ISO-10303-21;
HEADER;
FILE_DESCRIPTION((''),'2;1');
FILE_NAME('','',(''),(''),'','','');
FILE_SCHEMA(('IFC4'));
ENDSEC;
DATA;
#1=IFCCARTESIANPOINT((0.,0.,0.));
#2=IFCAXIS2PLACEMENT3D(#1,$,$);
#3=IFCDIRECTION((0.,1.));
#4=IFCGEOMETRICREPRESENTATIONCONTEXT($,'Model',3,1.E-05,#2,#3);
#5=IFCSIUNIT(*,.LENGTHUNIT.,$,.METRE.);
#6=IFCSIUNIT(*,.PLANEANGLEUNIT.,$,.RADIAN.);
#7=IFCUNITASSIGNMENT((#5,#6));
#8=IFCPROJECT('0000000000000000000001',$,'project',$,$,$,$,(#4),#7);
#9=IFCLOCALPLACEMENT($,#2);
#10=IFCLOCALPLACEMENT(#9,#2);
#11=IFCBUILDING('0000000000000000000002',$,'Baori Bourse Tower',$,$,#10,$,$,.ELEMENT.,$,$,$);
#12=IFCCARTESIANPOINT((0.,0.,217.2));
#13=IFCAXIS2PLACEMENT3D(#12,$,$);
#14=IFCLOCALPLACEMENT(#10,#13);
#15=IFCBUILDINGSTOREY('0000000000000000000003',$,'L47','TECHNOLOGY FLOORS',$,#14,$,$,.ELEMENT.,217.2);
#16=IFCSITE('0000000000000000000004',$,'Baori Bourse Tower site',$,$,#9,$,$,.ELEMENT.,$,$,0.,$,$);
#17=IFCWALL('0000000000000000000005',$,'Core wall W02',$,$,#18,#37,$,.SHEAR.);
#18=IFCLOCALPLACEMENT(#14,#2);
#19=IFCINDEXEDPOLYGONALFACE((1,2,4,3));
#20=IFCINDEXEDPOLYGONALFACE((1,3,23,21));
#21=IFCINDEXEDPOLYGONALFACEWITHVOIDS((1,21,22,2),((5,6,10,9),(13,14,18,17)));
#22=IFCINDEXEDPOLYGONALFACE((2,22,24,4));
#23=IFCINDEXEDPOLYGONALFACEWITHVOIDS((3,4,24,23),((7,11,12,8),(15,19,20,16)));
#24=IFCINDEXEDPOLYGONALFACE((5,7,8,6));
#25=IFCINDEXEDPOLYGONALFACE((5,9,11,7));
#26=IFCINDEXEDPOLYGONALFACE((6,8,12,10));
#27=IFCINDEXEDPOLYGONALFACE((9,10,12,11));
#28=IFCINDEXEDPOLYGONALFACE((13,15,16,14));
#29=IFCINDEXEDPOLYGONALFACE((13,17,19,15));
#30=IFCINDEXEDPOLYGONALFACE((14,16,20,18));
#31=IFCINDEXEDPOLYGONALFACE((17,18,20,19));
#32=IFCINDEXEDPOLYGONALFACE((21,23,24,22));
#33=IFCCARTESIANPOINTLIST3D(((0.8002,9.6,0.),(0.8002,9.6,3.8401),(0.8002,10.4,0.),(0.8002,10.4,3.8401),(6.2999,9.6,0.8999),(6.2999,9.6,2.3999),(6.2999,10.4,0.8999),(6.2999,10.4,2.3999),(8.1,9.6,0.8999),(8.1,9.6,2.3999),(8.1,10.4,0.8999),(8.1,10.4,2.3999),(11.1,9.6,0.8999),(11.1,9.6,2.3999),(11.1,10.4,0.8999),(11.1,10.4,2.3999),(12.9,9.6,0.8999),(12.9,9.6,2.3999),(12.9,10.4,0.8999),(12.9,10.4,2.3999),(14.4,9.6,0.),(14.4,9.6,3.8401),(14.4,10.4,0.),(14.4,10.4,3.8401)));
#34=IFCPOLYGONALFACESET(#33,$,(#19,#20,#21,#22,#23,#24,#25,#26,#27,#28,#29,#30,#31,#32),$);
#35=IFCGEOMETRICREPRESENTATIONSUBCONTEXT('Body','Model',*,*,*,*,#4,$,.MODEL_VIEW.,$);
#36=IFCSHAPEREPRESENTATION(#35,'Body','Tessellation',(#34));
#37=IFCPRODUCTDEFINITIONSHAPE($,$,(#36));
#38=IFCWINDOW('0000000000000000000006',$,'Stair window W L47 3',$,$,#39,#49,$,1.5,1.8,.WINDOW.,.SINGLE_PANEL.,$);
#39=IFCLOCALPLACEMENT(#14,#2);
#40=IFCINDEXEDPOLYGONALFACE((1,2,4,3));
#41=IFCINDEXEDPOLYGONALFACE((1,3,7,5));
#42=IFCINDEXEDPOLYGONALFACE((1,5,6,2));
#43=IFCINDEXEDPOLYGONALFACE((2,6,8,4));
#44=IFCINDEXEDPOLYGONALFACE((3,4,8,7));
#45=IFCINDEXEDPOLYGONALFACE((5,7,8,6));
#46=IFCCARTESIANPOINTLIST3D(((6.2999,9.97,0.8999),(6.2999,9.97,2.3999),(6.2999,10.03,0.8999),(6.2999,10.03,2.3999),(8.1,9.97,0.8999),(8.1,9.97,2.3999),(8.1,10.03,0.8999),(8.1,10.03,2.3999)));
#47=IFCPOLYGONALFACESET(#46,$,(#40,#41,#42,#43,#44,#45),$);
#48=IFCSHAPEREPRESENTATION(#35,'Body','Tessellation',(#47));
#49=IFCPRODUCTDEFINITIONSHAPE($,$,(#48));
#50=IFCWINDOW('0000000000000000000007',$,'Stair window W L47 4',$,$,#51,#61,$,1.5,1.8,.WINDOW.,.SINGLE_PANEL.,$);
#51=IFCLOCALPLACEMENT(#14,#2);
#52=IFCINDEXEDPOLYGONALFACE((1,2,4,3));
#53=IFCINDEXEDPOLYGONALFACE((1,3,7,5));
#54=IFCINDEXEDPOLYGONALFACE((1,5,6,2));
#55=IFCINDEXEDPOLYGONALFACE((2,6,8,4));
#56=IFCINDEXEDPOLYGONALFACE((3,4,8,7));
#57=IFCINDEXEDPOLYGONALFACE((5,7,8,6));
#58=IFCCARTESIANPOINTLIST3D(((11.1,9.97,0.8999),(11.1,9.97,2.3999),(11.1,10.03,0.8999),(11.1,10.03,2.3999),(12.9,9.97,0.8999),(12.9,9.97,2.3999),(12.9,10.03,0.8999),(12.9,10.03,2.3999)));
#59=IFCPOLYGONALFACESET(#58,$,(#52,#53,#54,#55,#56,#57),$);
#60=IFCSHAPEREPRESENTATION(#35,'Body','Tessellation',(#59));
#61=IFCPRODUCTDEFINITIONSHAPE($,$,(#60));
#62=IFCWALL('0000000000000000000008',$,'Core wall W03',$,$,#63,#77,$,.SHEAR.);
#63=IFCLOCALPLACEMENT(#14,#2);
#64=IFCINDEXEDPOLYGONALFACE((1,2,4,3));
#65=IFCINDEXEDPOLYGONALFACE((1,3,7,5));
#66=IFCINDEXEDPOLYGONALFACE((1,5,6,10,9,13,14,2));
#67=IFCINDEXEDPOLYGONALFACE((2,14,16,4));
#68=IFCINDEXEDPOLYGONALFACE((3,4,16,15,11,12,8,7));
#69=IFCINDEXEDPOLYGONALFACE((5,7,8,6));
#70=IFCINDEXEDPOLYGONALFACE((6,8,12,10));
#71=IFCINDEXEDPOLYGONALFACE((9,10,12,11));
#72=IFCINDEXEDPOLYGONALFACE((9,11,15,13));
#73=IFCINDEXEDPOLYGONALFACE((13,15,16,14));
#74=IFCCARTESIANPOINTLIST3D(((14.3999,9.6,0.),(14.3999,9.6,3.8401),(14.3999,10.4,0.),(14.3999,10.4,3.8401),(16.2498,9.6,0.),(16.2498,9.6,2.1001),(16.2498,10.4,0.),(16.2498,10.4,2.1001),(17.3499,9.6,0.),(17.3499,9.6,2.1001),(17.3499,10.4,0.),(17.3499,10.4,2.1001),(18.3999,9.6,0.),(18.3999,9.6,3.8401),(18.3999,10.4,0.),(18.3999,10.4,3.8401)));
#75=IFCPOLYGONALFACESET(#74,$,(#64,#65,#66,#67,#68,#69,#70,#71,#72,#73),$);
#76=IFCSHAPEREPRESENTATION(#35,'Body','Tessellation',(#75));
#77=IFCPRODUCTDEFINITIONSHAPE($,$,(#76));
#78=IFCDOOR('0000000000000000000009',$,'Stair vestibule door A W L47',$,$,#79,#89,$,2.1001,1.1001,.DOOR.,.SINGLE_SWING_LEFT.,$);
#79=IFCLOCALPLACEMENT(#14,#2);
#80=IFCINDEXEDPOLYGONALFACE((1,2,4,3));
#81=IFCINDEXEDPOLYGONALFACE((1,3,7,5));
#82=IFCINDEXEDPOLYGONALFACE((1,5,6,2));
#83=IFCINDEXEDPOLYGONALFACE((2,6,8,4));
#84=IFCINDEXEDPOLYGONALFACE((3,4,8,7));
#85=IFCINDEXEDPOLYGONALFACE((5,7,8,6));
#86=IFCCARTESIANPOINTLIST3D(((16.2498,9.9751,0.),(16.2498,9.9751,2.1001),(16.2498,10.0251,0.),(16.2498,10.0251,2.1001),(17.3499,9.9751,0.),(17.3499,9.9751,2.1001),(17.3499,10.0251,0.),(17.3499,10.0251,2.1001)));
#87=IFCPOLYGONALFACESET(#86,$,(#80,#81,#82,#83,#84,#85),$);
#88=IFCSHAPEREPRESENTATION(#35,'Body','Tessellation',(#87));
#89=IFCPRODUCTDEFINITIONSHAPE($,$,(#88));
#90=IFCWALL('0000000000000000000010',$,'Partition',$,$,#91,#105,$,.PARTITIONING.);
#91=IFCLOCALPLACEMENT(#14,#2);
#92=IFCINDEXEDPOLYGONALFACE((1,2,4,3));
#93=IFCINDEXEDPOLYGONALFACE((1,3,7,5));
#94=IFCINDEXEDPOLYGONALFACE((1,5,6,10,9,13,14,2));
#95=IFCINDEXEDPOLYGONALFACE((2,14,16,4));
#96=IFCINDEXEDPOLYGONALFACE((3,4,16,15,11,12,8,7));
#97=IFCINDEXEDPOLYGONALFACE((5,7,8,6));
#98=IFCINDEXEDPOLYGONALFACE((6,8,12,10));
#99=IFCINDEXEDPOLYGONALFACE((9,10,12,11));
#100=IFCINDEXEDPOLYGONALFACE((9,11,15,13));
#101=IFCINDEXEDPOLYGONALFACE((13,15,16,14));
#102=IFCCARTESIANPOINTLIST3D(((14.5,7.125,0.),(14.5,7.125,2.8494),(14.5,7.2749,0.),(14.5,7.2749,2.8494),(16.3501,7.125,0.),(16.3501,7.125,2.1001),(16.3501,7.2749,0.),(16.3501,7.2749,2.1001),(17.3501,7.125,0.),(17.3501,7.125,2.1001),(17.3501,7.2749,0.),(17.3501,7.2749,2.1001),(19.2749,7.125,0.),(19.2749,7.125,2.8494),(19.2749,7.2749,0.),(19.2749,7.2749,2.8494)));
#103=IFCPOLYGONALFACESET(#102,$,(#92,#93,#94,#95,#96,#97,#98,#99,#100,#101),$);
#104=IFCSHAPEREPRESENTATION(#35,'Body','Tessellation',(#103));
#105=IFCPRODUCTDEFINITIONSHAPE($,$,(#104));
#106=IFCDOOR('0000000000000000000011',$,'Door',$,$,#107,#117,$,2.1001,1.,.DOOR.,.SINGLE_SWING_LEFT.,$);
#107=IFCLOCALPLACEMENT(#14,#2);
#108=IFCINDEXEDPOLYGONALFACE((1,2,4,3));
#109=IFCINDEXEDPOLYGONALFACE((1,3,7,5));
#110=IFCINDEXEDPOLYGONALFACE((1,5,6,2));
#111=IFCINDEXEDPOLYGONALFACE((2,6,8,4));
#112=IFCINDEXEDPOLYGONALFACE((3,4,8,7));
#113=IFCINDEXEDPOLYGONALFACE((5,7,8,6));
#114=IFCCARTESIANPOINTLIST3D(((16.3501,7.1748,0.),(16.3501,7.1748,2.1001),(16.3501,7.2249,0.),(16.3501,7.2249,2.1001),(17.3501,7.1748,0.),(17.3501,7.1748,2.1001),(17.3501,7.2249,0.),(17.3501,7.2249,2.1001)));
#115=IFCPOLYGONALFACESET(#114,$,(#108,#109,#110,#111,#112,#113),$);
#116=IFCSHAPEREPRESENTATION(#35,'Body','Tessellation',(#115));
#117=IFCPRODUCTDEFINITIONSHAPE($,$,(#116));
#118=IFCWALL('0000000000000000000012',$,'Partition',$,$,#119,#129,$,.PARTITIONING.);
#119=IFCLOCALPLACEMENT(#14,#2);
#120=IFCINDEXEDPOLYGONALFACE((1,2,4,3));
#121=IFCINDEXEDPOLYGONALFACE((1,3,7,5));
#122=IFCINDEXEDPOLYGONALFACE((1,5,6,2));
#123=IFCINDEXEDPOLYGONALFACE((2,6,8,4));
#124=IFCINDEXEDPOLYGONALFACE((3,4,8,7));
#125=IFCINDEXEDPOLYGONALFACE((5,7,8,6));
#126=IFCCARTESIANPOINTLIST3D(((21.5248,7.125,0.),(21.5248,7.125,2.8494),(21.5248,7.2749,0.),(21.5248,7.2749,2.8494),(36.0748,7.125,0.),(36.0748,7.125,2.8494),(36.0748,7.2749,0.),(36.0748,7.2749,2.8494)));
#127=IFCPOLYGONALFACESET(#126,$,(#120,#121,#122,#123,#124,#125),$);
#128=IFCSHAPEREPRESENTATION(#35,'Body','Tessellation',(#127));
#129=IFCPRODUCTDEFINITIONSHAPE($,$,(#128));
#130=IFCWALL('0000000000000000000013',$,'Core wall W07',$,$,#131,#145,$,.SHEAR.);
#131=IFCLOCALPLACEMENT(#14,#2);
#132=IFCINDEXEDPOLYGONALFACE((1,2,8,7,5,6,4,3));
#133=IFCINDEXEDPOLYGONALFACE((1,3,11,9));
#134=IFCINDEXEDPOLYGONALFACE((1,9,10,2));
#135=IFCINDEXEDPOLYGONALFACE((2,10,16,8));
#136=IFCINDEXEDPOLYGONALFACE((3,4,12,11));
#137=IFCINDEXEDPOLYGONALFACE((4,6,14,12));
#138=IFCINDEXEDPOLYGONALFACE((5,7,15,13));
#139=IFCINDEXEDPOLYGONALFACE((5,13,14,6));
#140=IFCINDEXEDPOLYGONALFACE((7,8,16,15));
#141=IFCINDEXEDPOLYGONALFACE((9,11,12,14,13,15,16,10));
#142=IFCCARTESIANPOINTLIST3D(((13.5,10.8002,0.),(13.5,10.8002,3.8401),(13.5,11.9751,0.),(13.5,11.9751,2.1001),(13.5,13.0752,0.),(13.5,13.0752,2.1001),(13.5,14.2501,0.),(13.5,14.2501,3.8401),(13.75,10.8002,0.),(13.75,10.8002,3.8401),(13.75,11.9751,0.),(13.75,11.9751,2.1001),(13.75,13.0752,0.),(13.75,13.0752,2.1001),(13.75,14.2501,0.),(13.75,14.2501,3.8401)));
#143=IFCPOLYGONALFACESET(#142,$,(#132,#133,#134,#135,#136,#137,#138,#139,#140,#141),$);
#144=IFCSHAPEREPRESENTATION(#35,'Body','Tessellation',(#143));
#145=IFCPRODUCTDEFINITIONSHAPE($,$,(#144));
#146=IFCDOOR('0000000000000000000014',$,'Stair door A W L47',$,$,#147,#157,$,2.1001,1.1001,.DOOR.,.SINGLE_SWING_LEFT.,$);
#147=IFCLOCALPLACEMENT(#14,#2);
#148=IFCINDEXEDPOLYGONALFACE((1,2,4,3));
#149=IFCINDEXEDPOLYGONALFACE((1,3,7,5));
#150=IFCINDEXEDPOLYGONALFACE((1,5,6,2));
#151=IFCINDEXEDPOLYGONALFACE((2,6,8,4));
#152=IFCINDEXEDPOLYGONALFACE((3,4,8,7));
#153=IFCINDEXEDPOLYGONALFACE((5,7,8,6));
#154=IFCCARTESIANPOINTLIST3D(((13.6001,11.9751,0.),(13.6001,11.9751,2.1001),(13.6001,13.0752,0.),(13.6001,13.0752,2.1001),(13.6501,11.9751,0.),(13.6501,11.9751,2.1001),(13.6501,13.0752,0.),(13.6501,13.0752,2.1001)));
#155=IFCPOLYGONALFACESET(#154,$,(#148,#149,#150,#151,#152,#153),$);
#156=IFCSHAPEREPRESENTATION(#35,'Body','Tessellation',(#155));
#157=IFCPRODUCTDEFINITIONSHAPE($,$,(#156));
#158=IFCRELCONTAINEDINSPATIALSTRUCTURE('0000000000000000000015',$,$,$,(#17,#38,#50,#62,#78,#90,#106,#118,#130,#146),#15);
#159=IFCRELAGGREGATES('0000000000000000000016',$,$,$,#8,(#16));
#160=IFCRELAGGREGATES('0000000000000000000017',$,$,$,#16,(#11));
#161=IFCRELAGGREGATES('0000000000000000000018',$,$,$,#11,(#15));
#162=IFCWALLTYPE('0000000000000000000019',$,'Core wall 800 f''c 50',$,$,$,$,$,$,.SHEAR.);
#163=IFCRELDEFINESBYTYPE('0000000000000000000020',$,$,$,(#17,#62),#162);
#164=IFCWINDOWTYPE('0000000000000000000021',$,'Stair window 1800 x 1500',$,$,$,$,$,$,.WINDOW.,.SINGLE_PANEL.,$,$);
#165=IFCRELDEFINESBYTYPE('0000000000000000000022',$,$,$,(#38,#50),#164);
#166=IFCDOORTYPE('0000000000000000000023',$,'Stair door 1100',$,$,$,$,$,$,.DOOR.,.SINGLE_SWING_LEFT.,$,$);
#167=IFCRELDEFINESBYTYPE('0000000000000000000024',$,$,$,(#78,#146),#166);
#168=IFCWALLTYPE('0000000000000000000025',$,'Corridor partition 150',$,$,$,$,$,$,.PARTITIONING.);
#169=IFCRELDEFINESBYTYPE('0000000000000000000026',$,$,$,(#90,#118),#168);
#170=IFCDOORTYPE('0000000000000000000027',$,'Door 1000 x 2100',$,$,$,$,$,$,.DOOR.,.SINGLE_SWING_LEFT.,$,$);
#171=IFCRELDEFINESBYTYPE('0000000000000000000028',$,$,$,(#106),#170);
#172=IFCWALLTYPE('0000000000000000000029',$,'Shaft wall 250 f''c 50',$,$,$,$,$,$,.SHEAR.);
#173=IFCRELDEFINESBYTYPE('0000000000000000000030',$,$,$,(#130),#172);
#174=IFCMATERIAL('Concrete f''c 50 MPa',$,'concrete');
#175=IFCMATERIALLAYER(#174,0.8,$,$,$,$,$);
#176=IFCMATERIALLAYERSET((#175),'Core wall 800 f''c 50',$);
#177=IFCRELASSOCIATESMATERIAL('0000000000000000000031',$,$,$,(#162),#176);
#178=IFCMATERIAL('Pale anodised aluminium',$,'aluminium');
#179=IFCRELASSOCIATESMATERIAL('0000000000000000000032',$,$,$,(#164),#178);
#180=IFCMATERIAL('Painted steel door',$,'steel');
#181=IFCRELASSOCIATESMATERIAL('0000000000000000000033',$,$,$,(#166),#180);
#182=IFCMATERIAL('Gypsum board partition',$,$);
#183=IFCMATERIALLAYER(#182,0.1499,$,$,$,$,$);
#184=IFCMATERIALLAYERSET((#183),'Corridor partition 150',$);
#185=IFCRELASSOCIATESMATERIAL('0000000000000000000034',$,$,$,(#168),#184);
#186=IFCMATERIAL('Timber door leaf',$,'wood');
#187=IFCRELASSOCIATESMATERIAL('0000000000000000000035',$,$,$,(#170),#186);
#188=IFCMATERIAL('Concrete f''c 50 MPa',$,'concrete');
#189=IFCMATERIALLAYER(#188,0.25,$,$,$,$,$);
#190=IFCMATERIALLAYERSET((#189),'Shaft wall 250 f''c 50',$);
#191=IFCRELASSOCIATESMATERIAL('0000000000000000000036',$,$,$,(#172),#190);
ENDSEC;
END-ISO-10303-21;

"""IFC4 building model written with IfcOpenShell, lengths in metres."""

from ifc_helpers import new_model, si_unit, direction, frame, frame_2d, origin, place, context, subcontext, project, spatial, rectangle, extrude, material, layer, layer_set, type_object, element, fill, save


model = new_model("IFC4")

# Units and contexts
model_context = context("Model", 3, precision=1e-05, world=origin(), true_north=direction((0.0, 1.0)))
body_context = subcontext(model_context, "Body", "Model", "MODEL_VIEW")
ifc_project = project(units=[si_unit("LENGTHUNIT", "METRE"), si_unit("PLANEANGLEUNIT", "RADIAN")], contexts=[model_context])

# Site, building, storey
site_placement = place(None, origin())
site = spatial("IfcSite", under=ifc_project, at=site_placement, Name="Baori Bourse Tower site", CompositionType="ELEMENT", RefElevation=0.0)
building_placement = place(site_placement, origin())
building = spatial("IfcBuilding", under=site, at=building_placement, Name="Baori Bourse Tower", CompositionType="ELEMENT")
storey_placement = place(building_placement, frame((0.0, 0.0, 217.2)))
storey = spatial("IfcBuildingStorey", under=building, at=storey_placement, Name="L47", Description="TECHNOLOGY FLOORS", CompositionType="ELEMENT", Elevation=217.2)

# Wall, openings, windows
ifc_material_1 = material(Name="Concrete f'c 50 MPa", Category="concrete")
ifc_layer_1 = layer(ifc_material_1, 0.8)
ifc_layer_set_1 = layer_set([ifc_layer_1], Name="Core wall 800 f'c 50")
wall_type_1 = type_object("IfcWallType", Name="Core wall 800 f'c 50", PredefinedType="SHEAR", material=ifc_layer_set_1)
wall_1_placement = place(storey_placement, frame((14.3999, 10.0, 0.0), z_axis=(0.0, 0.0, 1.0), x_axis=(-1.0, 0.0, 0.0)))
wall_1 = element("IfcWall", 1, at=wall_1_placement, inside=storey, type_object=wall_type_1, Name="Core wall W02", PredefinedType="SHEAR", context=body_context, shape_type="SweptSolid", body=[
    extrude(rectangle(XDim=13.5999, YDim=0.8, at=frame_2d((6.7998, 0.0))), origin(), (0.0, 0.0, 1.0), 3.8401),
])
opening_1_placement = place(wall_1_placement, frame((6.3, 0.0, 0.8999)))
opening_1 = element("IfcOpeningElement", 2, at=opening_1_placement, cuts=wall_1, PredefinedType="OPENING", context=body_context, shape_type="SweptSolid", body=[
    extrude(rectangle(XDim=1.8, YDim=1.5, at=frame_2d((0.8999, 0.75))), frame((0.0, 0.4099, 0.0), z_axis=(0.0, -1.0, 0.0), x_axis=(1.0, 0.0, 0.0)), (0.0, 0.0, 1.0), 0.8201),
])
opening_2_placement = place(wall_1_placement, frame((1.5, 0.0, 0.8999)))
opening_2 = element("IfcOpeningElement", 3, at=opening_2_placement, cuts=wall_1, PredefinedType="OPENING", context=body_context, shape_type="SweptSolid", body=[
    extrude(rectangle(XDim=1.8, YDim=1.5, at=frame_2d((0.8999, 0.75))), frame((0.0, 0.4099, 0.0), z_axis=(0.0, -1.0, 0.0), x_axis=(1.0, 0.0, 0.0)), (0.0, 0.0, 1.0), 0.8201),
])
ifc_material_2 = material(Name="Pale anodised aluminium", Category="aluminium")
window_type = type_object("IfcWindowType", Name="Stair window 1800 x 1500", PartitioningType="SINGLE_PANEL", PredefinedType="WINDOW", material=ifc_material_2)
window_1_placement = place(opening_1_placement, origin())
window_1 = element("IfcWindow", 4, at=window_1_placement, inside=storey, type_object=window_type, Name="Stair window W L47 3", OverallHeight=1.5, OverallWidth=1.8, PartitioningType="SINGLE_PANEL", PredefinedType="WINDOW", context=body_context, shape_type="SweptSolid", body=[
    extrude(rectangle(XDim=1.8, YDim=1.5, at=frame_2d((0.8999, 0.75))), frame((0.0, 0.03, 0.0), z_axis=(0.0, -1.0, 0.0), x_axis=(1.0, 0.0, 0.0)), (0.0, 0.0, 1.0), 0.0601),
])
fill(opening_1, window_1)
window_2_placement = place(opening_2_placement, origin())
window_2 = element("IfcWindow", 5, at=window_2_placement, inside=storey, type_object=window_type, Name="Stair window W L47 4", OverallHeight=1.5, OverallWidth=1.8, PartitioningType="SINGLE_PANEL", PredefinedType="WINDOW", context=body_context, shape_type="SweptSolid", body=[
    extrude(rectangle(XDim=1.8, YDim=1.5, at=frame_2d((0.8999, 0.75))), frame((0.0, 0.03, 0.0), z_axis=(0.0, -1.0, 0.0), x_axis=(1.0, 0.0, 0.0)), (0.0, 0.0, 1.0), 0.0601),
])
fill(opening_2, window_2)

# Walls, openings, doors
wall_2_placement = place(storey_placement, frame((18.3999, 10.0, 0.0), z_axis=(0.0, 0.0, 1.0), x_axis=(-1.0, 0.0, 0.0)))
wall_2 = element("IfcWall", 6, at=wall_2_placement, inside=storey, type_object=wall_type_1, Name="Core wall W03", PredefinedType="SHEAR", context=body_context, shape_type="SweptSolid", body=[
    extrude(rectangle(XDim=4.0, YDim=0.8, at=frame_2d((2.0, 0.0))), origin(), (0.0, 0.0, 1.0), 3.8401),
])
opening_3_placement = place(wall_2_placement, frame((1.05, 0.0, 0.0)))
opening_3 = element("IfcOpeningElement", 7, at=opening_3_placement, cuts=wall_2, PredefinedType="OPENING", context=body_context, shape_type="SweptSolid", body=[
    extrude(rectangle(XDim=1.1001, YDim=2.1001, at=frame_2d((0.55, 1.05))), frame((0.0, 0.4099, 0.0), z_axis=(0.0, -1.0, 0.0), x_axis=(1.0, 0.0, 0.0)), (0.0, 0.0, 1.0), 0.8201),
])
ifc_material_3 = material(Name="Painted steel door", Category="steel")
door_type_1 = type_object("IfcDoorType", Name="Stair door 1100", OperationType="SINGLE_SWING_LEFT", PredefinedType="DOOR", material=ifc_material_3)
door_1_placement = place(opening_3_placement, origin())
door_1 = element("IfcDoor", 8, at=door_1_placement, inside=storey, type_object=door_type_1, Name="Stair vestibule door A W L47", OperationType="SINGLE_SWING_LEFT", OverallHeight=2.1001, OverallWidth=1.1001, PredefinedType="DOOR", context=body_context, shape_type="SweptSolid", body=[
    extrude(rectangle(XDim=1.1001, YDim=2.1001, at=frame_2d((0.55, 1.05))), frame((0.0, 0.0249, 0.0), z_axis=(0.0, -1.0, 0.0), x_axis=(1.0, 0.0, 0.0)), (0.0, 0.0, 1.0), 0.05),
])
fill(opening_3, door_1)
ifc_material_4 = material(Name="Gypsum board partition")
ifc_layer_2 = layer(ifc_material_4, 0.1499)
ifc_layer_set_2 = layer_set([ifc_layer_2], Name="Corridor partition 150")
wall_type_2 = type_object("IfcWallType", Name="Corridor partition 150", PredefinedType="PARTITIONING", material=ifc_layer_set_2)
wall_3_placement = place(storey_placement, frame((14.5, 7.2, 0.0), z_axis=(0.0, 0.0, 1.0), x_axis=(1.0, 0.0, 0.0)))
wall_3 = element("IfcWall", 9, at=wall_3_placement, inside=storey, type_object=wall_type_2, Name="Partition", PredefinedType="PARTITIONING", context=body_context, shape_type="SweptSolid", body=[
    extrude(rectangle(XDim=4.7749, YDim=0.1499, at=frame_2d((2.3875, 0.0))), origin(), (0.0, 0.0, 1.0), 2.8494),
])
opening_4_placement = place(wall_3_placement, frame((1.8501, 0.0, 0.0)))
opening_4 = element("IfcOpeningElement", 10, at=opening_4_placement, cuts=wall_3, PredefinedType="OPENING", context=body_context, shape_type="SweptSolid", body=[
    extrude(rectangle(XDim=1.0, YDim=2.1001, at=frame_2d((0.5, 1.05))), frame((0.0, 0.085, 0.0), z_axis=(0.0, -1.0, 0.0), x_axis=(1.0, 0.0, 0.0)), (0.0, 0.0, 1.0), 0.1699),
])
ifc_material_5 = material(Name="Timber door leaf", Category="wood")
door_type_2 = type_object("IfcDoorType", Name="Door 1000 x 2100", OperationType="SINGLE_SWING_LEFT", PredefinedType="DOOR", material=ifc_material_5)
door_2_placement = place(opening_4_placement, origin())
door_2 = element("IfcDoor", 11, at=door_2_placement, inside=storey, type_object=door_type_2, Name="Door", OperationType="SINGLE_SWING_LEFT", OverallHeight=2.1001, OverallWidth=1.0, PredefinedType="DOOR", context=body_context, shape_type="SweptSolid", body=[
    extrude(rectangle(XDim=1.0, YDim=2.1001, at=frame_2d((0.5, 1.05))), frame((0.0, 0.0249, 0.0), z_axis=(0.0, -1.0, 0.0), x_axis=(1.0, 0.0, 0.0)), (0.0, 0.0, 1.0), 0.05),
])
fill(opening_4, door_2)

# Wall
wall_4_placement = place(storey_placement, frame((21.5249, 7.2, 0.0), z_axis=(0.0, 0.0, 1.0), x_axis=(1.0, 0.0, 0.0)))
element("IfcWall", 12, at=wall_4_placement, inside=storey, type_object=wall_type_2, Name="Partition", PredefinedType="PARTITIONING", context=body_context, shape_type="SweptSolid", body=[
    extrude(rectangle(XDim=14.55, YDim=0.1499, at=frame_2d((7.2749, 0.0))), origin(), (0.0, 0.0, 1.0), 2.8494),
])

# Wall, opening, door
ifc_material_6 = material(Name="Concrete f'c 50 MPa", Category="concrete")
ifc_layer_3 = layer(ifc_material_6, 0.25)
ifc_layer_set_3 = layer_set([ifc_layer_3], Name="Shaft wall 250 f'c 50")
wall_type_3 = type_object("IfcWallType", Name="Shaft wall 250 f'c 50", PredefinedType="SHEAR", material=ifc_layer_set_3)
wall_5_placement = place(storey_placement, frame((13.625, 10.8, 0.0), z_axis=(0.0, 0.0, 1.0), x_axis=(0.0, 1.0, 0.0)))
wall_5 = element("IfcWall", 13, at=wall_5_placement, inside=storey, type_object=wall_type_3, Name="Core wall W07", PredefinedType="SHEAR", context=body_context, shape_type="SweptSolid", body=[
    extrude(rectangle(XDim=3.45, YDim=0.25, at=frame_2d((1.7251, 0.0))), origin(), (0.0, 0.0, 1.0), 3.8401),
])
opening_5_placement = place(wall_5_placement, frame((1.175, 0.0, 0.0)))
opening_5 = element("IfcOpeningElement", 14, at=opening_5_placement, cuts=wall_5, PredefinedType="OPENING", context=body_context, shape_type="SweptSolid", body=[
    extrude(rectangle(XDim=1.1001, YDim=2.1001, at=frame_2d((0.55, 1.05))), frame((0.0, 0.135, 0.0), z_axis=(0.0, -1.0, 0.0), x_axis=(1.0, 0.0, 0.0)), (0.0, 0.0, 1.0), 0.27),
])
door_3_placement = place(opening_5_placement, origin())
door_3 = element("IfcDoor", 15, at=door_3_placement, inside=storey, type_object=door_type_1, Name="Stair door A W L47", OperationType="SINGLE_SWING_LEFT", OverallHeight=2.1001, OverallWidth=1.1001, PredefinedType="DOOR", context=body_context, shape_type="SweptSolid", body=[
    extrude(rectangle(XDim=1.1001, YDim=2.1001, at=frame_2d((0.55, 1.05))), frame((0.0, 0.0249, 0.0), z_axis=(0.0, -1.0, 0.0), x_axis=(1.0, 0.0, 0.0)), (0.0, 0.0, 1.0), 0.05),
])
fill(opening_5, door_3)

save(model, "model.ifc")
